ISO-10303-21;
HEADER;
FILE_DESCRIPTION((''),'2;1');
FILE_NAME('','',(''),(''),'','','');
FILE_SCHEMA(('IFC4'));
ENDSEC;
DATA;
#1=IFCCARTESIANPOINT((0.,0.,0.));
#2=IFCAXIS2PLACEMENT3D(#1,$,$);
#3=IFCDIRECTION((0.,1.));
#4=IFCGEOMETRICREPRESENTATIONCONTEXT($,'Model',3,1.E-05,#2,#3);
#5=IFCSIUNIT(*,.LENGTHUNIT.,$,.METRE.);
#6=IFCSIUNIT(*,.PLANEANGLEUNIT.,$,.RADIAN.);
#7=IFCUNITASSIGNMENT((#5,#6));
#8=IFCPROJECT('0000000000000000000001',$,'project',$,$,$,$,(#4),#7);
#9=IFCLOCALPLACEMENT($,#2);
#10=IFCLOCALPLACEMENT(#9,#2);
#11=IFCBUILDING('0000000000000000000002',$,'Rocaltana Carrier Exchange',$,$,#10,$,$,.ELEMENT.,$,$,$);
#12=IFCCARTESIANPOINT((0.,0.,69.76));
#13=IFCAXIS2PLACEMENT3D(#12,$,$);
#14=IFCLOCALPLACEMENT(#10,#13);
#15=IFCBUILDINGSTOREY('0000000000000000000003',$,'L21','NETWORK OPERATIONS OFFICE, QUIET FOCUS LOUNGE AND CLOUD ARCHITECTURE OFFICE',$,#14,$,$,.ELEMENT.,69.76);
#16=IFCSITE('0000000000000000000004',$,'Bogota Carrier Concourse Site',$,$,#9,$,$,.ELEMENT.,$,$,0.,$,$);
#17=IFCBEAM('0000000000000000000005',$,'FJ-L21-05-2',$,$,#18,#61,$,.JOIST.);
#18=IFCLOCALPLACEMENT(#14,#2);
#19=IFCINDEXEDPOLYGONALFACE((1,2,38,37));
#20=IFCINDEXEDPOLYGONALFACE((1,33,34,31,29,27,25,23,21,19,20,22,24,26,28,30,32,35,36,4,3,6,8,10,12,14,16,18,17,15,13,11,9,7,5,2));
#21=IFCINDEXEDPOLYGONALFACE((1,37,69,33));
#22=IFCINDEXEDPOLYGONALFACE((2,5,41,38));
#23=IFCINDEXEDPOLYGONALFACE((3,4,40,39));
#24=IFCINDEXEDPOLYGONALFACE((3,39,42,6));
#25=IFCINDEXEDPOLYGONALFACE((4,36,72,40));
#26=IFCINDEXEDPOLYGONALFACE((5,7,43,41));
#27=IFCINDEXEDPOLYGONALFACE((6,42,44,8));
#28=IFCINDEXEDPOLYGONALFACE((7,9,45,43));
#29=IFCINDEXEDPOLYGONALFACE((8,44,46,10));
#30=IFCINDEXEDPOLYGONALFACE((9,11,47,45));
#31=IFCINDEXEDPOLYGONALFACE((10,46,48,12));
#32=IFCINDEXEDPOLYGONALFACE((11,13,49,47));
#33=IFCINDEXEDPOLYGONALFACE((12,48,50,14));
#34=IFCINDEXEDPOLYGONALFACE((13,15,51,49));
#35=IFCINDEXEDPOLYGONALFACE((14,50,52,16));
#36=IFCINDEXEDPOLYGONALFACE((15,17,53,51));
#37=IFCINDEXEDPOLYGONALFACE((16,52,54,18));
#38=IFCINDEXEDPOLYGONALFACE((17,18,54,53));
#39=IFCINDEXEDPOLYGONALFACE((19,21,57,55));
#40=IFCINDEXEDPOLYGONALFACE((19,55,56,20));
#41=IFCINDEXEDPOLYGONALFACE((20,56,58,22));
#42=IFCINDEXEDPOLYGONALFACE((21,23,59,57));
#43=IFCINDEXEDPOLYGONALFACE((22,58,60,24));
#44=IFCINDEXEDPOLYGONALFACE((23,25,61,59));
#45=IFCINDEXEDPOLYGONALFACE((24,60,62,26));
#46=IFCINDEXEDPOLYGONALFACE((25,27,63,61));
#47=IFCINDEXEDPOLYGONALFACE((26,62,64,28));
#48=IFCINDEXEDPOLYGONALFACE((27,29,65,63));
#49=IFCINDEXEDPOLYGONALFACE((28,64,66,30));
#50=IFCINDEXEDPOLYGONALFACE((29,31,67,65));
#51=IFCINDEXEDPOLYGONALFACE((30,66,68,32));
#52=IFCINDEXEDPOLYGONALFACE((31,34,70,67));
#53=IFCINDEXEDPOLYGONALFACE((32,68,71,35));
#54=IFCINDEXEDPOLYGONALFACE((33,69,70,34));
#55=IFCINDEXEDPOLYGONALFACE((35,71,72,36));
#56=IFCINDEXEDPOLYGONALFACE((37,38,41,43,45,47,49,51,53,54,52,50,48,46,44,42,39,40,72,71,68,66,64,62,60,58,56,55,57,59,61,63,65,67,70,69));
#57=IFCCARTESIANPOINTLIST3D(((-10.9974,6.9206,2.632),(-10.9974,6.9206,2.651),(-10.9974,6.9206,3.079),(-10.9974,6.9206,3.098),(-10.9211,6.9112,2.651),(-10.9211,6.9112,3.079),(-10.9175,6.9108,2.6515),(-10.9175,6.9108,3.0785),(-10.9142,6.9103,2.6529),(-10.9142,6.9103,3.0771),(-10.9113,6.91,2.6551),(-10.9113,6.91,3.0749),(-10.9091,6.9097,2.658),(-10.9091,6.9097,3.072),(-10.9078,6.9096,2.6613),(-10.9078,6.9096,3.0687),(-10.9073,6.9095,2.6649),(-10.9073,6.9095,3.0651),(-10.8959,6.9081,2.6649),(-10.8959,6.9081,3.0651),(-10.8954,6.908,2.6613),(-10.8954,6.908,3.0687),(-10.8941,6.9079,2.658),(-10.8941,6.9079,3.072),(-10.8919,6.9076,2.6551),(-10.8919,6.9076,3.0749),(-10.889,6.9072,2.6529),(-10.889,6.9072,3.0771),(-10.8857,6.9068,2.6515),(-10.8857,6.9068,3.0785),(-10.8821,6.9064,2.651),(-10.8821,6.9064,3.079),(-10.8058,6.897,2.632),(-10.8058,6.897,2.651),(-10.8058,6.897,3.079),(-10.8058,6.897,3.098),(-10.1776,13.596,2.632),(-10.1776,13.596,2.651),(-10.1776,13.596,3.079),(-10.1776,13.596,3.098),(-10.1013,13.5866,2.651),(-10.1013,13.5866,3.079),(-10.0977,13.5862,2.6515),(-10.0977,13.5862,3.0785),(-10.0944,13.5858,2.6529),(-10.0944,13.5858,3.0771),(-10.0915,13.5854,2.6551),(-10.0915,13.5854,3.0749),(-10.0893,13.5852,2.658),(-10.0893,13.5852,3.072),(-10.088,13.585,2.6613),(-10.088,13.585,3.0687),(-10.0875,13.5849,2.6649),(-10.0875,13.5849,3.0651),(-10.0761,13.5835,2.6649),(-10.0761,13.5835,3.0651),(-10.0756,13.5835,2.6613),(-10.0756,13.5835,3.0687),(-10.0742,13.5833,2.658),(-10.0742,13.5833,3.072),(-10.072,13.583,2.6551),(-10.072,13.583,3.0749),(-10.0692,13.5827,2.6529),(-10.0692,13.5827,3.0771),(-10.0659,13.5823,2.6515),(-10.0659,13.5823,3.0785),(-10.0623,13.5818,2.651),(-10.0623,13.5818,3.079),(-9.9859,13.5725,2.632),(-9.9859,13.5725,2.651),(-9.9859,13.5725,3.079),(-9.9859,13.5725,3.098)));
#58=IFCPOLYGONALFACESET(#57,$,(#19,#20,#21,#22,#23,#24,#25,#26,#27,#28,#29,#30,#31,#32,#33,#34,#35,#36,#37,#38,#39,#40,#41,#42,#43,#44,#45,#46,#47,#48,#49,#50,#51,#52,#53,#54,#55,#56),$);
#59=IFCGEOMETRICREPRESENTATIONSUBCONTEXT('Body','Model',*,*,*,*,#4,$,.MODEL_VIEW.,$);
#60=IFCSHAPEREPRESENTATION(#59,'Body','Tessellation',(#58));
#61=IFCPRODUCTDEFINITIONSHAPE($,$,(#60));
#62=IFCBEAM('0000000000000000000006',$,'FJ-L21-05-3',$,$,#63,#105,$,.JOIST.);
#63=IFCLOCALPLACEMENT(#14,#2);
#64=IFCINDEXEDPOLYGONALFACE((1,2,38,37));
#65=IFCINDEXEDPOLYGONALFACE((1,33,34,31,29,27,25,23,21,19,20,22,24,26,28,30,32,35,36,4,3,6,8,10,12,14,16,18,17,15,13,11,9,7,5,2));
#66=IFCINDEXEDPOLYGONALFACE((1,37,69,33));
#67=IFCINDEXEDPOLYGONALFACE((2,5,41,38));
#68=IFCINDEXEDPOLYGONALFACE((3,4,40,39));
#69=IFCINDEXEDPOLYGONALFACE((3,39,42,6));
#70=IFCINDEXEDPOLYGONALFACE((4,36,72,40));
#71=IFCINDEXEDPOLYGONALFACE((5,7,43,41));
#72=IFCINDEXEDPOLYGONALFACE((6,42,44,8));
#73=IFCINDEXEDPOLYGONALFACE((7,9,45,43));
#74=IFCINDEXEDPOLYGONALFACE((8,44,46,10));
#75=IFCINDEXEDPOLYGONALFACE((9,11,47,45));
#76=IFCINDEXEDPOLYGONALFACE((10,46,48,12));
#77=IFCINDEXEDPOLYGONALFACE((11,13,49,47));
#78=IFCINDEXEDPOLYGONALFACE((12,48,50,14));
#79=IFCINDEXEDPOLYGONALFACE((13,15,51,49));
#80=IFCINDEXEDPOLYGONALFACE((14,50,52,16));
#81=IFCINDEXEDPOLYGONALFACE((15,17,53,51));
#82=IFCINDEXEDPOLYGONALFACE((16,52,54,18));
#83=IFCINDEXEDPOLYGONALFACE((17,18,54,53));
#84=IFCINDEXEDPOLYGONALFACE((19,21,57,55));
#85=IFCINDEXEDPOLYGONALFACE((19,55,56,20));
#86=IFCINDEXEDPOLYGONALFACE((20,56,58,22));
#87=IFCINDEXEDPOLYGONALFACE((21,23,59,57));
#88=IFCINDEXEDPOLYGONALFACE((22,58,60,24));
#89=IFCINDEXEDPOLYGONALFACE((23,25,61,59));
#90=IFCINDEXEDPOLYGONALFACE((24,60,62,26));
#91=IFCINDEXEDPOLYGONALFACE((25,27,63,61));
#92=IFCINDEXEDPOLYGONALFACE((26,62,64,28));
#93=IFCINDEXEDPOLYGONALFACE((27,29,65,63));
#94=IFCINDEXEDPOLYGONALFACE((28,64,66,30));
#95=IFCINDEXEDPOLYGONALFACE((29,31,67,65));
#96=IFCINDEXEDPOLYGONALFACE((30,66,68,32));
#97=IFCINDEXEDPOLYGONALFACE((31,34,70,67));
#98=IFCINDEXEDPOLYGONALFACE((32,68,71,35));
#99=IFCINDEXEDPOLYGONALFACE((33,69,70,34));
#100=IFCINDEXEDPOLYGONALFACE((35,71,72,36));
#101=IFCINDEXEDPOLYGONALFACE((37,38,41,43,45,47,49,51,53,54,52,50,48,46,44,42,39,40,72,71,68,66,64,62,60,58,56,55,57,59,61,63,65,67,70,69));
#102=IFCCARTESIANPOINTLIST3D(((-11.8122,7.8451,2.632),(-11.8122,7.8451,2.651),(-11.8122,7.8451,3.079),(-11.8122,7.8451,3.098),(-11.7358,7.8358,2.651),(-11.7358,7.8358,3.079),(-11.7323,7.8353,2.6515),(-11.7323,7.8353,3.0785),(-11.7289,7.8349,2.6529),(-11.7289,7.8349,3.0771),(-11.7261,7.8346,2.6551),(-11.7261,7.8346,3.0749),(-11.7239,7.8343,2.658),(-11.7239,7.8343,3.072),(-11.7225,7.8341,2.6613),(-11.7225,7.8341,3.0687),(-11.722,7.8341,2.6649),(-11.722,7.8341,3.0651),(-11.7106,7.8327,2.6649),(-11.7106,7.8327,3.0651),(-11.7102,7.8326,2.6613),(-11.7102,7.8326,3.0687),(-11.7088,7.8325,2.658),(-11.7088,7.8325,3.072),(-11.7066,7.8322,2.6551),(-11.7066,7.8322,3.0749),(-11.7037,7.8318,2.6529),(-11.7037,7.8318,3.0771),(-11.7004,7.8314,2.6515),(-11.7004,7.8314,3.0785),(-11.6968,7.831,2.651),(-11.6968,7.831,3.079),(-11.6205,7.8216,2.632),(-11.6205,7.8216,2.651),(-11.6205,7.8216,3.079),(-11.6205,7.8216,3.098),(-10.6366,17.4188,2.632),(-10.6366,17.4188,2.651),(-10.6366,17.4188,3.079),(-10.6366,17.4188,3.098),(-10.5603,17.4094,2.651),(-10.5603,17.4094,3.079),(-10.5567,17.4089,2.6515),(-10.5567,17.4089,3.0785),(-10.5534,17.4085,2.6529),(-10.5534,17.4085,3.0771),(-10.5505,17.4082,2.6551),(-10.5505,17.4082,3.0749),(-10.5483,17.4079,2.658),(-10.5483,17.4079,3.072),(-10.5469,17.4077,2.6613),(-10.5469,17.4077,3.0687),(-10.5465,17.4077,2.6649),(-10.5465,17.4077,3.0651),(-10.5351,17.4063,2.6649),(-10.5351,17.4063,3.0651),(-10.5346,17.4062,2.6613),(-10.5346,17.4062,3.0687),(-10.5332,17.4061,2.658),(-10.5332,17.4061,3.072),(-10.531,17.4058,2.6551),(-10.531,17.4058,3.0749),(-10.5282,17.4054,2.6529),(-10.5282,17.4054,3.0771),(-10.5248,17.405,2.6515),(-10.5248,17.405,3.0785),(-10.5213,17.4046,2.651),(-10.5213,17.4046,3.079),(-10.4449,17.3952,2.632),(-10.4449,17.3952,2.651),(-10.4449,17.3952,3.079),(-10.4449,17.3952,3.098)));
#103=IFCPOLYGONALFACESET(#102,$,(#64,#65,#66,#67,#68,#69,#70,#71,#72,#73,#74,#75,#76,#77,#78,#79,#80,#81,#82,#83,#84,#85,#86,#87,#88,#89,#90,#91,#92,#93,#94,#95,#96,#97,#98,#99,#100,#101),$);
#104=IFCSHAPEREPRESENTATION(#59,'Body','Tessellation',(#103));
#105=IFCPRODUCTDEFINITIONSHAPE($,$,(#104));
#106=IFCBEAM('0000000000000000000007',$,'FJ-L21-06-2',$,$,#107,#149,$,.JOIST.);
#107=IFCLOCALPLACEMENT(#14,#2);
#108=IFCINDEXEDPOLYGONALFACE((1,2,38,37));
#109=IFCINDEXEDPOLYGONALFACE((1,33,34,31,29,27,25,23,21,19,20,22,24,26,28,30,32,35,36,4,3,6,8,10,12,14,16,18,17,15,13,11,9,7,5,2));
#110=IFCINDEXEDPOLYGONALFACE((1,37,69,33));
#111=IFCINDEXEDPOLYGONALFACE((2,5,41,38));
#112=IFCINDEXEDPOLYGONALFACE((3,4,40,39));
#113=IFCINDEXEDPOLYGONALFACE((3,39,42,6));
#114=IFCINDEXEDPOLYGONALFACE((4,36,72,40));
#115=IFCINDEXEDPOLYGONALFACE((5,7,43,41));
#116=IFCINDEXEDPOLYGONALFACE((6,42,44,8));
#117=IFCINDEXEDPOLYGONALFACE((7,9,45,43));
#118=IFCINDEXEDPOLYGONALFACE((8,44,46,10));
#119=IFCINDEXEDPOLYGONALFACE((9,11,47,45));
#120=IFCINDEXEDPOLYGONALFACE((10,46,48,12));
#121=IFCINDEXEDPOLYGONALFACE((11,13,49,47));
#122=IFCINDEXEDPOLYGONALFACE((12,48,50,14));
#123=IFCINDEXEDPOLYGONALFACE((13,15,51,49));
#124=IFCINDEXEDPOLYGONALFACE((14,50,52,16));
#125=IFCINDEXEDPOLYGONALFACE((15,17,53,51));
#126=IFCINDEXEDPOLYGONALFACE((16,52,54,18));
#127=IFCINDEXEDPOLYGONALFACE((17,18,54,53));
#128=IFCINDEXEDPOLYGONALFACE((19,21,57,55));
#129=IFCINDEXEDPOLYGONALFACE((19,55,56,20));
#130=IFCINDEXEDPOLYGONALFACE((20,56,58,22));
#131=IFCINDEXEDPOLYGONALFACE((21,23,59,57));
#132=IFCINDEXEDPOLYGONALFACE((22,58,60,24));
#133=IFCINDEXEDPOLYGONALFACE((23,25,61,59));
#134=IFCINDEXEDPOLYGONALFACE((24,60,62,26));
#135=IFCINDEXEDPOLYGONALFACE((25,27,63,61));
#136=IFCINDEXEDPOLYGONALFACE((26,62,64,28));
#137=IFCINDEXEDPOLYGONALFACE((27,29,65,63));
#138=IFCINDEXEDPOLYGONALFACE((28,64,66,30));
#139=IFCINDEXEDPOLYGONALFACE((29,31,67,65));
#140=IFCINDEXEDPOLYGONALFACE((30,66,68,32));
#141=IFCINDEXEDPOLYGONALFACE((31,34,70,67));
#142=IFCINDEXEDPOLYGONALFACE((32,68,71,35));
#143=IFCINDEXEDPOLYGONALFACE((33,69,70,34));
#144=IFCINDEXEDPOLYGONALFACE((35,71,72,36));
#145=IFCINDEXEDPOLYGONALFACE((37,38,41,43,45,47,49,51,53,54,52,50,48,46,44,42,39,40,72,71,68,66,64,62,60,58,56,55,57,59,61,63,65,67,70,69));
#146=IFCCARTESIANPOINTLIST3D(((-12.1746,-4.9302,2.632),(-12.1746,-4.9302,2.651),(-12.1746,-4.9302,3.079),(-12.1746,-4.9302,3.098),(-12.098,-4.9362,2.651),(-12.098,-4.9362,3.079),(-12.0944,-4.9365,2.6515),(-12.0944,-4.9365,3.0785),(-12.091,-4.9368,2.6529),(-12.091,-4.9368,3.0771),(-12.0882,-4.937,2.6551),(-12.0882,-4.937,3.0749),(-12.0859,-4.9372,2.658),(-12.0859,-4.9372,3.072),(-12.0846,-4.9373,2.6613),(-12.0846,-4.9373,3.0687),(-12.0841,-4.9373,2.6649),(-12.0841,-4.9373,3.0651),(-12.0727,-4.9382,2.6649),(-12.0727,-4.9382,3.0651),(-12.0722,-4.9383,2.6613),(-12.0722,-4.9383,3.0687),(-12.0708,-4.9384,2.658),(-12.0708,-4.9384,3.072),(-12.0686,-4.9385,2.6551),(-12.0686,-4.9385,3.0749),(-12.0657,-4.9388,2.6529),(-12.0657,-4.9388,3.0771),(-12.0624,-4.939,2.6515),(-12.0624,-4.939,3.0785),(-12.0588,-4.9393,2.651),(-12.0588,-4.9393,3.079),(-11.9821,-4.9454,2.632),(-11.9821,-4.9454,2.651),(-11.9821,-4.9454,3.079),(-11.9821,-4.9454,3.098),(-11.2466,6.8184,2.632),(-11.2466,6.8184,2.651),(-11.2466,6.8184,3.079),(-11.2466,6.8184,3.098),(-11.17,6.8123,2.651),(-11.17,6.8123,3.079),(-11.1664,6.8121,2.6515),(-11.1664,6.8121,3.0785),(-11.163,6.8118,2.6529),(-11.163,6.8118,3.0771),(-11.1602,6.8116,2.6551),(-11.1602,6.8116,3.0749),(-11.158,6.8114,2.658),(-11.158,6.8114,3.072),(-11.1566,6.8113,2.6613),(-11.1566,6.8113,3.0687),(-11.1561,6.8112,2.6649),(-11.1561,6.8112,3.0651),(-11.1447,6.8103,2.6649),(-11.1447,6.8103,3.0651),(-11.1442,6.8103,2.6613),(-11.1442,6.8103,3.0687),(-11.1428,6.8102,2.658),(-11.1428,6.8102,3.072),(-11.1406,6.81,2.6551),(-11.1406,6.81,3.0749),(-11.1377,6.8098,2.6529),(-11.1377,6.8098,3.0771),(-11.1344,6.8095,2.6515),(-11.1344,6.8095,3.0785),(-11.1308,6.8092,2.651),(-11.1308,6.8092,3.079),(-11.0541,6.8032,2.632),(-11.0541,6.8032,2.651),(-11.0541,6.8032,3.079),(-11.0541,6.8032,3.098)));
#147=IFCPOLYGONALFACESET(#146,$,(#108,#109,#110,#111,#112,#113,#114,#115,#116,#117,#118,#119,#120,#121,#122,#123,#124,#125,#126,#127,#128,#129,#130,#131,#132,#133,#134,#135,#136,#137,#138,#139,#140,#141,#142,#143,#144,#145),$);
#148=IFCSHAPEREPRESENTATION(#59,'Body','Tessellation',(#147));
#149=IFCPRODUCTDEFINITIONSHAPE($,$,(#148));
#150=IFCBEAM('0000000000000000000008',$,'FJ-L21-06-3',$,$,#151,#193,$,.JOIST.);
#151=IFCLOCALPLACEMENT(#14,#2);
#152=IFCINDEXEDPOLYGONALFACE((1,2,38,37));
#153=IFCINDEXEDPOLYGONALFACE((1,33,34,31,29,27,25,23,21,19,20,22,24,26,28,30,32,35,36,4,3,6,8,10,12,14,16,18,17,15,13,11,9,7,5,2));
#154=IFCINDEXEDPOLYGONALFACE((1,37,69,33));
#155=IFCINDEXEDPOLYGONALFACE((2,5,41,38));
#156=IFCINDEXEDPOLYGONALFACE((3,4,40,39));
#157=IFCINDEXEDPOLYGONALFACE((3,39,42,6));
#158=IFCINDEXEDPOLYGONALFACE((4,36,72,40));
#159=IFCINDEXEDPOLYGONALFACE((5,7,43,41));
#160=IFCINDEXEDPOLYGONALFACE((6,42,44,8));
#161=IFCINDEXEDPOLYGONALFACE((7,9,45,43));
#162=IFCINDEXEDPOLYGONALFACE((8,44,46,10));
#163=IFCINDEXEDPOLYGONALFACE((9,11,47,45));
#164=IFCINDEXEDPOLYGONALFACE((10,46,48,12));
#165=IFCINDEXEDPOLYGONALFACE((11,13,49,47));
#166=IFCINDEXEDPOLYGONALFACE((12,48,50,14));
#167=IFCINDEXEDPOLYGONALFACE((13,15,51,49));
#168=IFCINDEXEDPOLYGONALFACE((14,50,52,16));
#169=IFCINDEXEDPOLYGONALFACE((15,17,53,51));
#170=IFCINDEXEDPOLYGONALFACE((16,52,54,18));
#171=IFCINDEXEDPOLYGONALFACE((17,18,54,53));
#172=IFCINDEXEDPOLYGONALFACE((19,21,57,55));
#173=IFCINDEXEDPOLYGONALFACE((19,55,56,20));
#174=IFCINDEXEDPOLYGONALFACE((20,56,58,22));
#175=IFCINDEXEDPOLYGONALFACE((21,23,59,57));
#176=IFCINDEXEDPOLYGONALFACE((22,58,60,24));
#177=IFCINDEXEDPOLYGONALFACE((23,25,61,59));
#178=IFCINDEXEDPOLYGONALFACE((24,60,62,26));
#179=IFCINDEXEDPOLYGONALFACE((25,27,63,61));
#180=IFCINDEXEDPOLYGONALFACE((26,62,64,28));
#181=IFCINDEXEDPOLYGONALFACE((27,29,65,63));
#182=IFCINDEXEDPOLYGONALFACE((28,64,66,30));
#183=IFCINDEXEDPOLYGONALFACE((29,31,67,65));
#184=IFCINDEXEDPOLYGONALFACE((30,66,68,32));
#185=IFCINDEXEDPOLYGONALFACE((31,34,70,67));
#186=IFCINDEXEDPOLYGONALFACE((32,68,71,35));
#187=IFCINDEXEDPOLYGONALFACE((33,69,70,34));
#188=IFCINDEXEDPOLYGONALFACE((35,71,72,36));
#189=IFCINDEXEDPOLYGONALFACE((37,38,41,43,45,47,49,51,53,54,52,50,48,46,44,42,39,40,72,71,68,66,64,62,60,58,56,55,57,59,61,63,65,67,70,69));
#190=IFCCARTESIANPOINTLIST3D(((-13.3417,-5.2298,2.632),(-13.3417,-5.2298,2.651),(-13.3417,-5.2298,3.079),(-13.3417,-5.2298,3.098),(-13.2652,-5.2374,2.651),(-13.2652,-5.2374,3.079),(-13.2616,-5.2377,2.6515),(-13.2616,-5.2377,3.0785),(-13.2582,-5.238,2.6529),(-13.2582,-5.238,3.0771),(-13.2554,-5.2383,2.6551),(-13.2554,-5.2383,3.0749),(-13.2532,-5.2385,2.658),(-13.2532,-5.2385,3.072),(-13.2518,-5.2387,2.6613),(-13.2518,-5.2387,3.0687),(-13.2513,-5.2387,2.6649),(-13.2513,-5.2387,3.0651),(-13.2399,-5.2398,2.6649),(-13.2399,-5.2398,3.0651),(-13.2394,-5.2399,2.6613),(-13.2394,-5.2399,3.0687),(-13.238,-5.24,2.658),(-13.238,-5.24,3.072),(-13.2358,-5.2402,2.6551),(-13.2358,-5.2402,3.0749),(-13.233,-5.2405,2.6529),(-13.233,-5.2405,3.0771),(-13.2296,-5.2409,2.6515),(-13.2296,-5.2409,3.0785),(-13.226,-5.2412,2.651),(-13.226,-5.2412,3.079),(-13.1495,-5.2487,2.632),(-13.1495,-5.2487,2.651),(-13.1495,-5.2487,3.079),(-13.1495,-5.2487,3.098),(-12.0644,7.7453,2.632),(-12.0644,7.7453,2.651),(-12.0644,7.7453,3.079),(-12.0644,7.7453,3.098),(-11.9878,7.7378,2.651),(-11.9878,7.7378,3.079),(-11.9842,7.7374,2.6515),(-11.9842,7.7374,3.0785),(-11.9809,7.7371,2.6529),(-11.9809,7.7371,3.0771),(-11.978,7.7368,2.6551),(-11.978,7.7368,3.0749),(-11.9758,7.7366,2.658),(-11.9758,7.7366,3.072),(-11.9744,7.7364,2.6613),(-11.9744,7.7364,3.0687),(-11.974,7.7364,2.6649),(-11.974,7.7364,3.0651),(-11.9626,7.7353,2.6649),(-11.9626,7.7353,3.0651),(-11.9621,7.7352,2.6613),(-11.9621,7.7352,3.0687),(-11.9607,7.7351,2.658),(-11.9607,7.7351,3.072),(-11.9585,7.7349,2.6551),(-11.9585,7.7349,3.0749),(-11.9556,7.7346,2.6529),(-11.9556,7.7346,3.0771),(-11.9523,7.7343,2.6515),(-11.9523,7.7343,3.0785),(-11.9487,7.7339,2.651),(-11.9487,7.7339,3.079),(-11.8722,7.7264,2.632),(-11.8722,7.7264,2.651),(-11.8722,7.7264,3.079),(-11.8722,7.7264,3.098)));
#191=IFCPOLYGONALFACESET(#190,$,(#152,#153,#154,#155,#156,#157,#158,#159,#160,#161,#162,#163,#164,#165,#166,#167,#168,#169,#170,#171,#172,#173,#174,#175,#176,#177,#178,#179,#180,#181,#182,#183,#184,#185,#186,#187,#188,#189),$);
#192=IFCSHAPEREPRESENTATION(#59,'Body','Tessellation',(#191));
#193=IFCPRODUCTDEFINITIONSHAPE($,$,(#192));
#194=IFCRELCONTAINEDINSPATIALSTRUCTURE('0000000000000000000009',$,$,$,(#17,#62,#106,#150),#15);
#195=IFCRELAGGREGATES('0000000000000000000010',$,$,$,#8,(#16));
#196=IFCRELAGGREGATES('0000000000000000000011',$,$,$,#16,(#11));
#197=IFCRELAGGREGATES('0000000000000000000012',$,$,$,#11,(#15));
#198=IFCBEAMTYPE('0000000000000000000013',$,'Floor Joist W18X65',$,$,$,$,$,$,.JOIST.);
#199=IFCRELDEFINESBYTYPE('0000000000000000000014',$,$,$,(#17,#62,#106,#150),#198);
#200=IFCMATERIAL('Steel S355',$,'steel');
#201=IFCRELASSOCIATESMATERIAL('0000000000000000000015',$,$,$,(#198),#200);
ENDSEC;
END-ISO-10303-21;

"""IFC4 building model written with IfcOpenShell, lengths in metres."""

from ifc_helpers import new_model, si_unit, direction, frame, origin, origin_2d, place, context, subcontext, project, spatial, i_section, extrude, material, material_profile, profile_set, type_object, element, save


model = new_model("IFC4")

# Units and contexts
model_context = context("Model", 3, precision=1e-05, world=origin(), true_north=direction((0.0, 1.0)))
body_context = subcontext(model_context, "Body", "Model", "MODEL_VIEW")
ifc_project = project(units=[si_unit("LENGTHUNIT", "METRE"), si_unit("PLANEANGLEUNIT", "RADIAN")], contexts=[model_context])

# Site, building, storey
site_placement = place(None, origin())
site = spatial("IfcSite", under=ifc_project, at=site_placement, Name="Bogota Carrier Concourse Site", CompositionType="ELEMENT", RefElevation=0.0)
building_placement = place(site_placement, origin())
building = spatial("IfcBuilding", under=site, at=building_placement, Name="Rocaltana Carrier Exchange", CompositionType="ELEMENT")
storey_placement = place(building_placement, frame((0.0, 0.0, 69.76)))
storey = spatial("IfcBuildingStorey", under=building, at=storey_placement, Name="L21", Description="NETWORK OPERATIONS OFFICE, QUIET FOCUS LOUNGE AND CLOUD ARCHITECTURE OFFICE", CompositionType="ELEMENT", Elevation=69.76)

# Beams
ifc_material_1 = material(Name="Steel S355", Category="steel")
ifc_material_profile_1 = material_profile(ifc_material_1, i_section(OverallWidth=0.1931, OverallDepth=0.4661, WebThickness=0.0115, FlangeThickness=0.019, FilletRadius=0.0139, at=origin_2d()), Name="W18X65")
ifc_profile_set_1 = profile_set([ifc_material_profile_1], Name="Steel S355")
beam_type_1 = type_object("IfcBeamType", Name="Floor Joist W18X65", PredefinedType="JOIST", material=ifc_profile_set_1)
beam_1_placement = place(storey_placement, frame((-10.0818, 13.5842, 2.865), z_axis=(-0.121894, -0.992543, 0.0), x_axis=(0.992543, -0.121894, 0.0)))
element("IfcBeam", 1, at=beam_1_placement, inside=storey, type_object=beam_type_1, Name="FJ-L21-05-2", PredefinedType="JOIST", context=body_context, shape_type="SweptSolid", body=[
    extrude(i_section(OverallWidth=0.1931, OverallDepth=0.4661, WebThickness=0.0115, FlangeThickness=0.019, FilletRadius=0.0139, at=origin_2d()), origin(), (0.0, 0.0, 1.0), 6.7256),
])
beam_2_placement = place(storey_placement, frame((-10.5408, 17.407, 2.865), z_axis=(-0.121876, -0.992545, 0.0), x_axis=(0.992545, -0.121876, 0.0)))
element("IfcBeam", 2, at=beam_2_placement, inside=storey, type_object=beam_type_1, Name="FJ-L21-05-3", PredefinedType="JOIST", context=body_context, shape_type="SweptSolid", body=[
    extrude(i_section(OverallWidth=0.1931, OverallDepth=0.4661, WebThickness=0.0115, FlangeThickness=0.019, FilletRadius=0.0139, at=origin_2d()), origin(), (0.0, 0.0, 1.0), 9.6455),
])
beam_3_placement = place(storey_placement, frame((-11.1504, 6.8108, 2.865), z_axis=(-0.078741, -0.996895, 0.0), x_axis=(0.996895, -0.078741, 0.0)))
element("IfcBeam", 3, at=beam_3_placement, inside=storey, type_object=beam_type_1, Name="FJ-L21-06-2", PredefinedType="JOIST", context=body_context, shape_type="SweptSolid", body=[
    extrude(i_section(OverallWidth=0.1931, OverallDepth=0.4661, WebThickness=0.0115, FlangeThickness=0.019, FilletRadius=0.0139, at=origin_2d()), origin(), (0.0, 0.0, 1.0), 11.7852),
])
beam_4_placement = place(storey_placement, frame((-11.9683, 7.7358, 2.865), z_axis=(-0.097972, -0.995189, 0.0), x_axis=(0.995189, -0.097972, 0.0)))
element("IfcBeam", 4, at=beam_4_placement, inside=storey, type_object=beam_type_1, Name="FJ-L21-06-3", PredefinedType="JOIST", context=body_context, shape_type="SweptSolid", body=[
    extrude(i_section(OverallWidth=0.1931, OverallDepth=0.4661, WebThickness=0.0115, FlangeThickness=0.019, FilletRadius=0.0139, at=origin_2d()), origin(), (0.0, 0.0, 1.0), 13.0378),
])

save(model, "model.ifc")
